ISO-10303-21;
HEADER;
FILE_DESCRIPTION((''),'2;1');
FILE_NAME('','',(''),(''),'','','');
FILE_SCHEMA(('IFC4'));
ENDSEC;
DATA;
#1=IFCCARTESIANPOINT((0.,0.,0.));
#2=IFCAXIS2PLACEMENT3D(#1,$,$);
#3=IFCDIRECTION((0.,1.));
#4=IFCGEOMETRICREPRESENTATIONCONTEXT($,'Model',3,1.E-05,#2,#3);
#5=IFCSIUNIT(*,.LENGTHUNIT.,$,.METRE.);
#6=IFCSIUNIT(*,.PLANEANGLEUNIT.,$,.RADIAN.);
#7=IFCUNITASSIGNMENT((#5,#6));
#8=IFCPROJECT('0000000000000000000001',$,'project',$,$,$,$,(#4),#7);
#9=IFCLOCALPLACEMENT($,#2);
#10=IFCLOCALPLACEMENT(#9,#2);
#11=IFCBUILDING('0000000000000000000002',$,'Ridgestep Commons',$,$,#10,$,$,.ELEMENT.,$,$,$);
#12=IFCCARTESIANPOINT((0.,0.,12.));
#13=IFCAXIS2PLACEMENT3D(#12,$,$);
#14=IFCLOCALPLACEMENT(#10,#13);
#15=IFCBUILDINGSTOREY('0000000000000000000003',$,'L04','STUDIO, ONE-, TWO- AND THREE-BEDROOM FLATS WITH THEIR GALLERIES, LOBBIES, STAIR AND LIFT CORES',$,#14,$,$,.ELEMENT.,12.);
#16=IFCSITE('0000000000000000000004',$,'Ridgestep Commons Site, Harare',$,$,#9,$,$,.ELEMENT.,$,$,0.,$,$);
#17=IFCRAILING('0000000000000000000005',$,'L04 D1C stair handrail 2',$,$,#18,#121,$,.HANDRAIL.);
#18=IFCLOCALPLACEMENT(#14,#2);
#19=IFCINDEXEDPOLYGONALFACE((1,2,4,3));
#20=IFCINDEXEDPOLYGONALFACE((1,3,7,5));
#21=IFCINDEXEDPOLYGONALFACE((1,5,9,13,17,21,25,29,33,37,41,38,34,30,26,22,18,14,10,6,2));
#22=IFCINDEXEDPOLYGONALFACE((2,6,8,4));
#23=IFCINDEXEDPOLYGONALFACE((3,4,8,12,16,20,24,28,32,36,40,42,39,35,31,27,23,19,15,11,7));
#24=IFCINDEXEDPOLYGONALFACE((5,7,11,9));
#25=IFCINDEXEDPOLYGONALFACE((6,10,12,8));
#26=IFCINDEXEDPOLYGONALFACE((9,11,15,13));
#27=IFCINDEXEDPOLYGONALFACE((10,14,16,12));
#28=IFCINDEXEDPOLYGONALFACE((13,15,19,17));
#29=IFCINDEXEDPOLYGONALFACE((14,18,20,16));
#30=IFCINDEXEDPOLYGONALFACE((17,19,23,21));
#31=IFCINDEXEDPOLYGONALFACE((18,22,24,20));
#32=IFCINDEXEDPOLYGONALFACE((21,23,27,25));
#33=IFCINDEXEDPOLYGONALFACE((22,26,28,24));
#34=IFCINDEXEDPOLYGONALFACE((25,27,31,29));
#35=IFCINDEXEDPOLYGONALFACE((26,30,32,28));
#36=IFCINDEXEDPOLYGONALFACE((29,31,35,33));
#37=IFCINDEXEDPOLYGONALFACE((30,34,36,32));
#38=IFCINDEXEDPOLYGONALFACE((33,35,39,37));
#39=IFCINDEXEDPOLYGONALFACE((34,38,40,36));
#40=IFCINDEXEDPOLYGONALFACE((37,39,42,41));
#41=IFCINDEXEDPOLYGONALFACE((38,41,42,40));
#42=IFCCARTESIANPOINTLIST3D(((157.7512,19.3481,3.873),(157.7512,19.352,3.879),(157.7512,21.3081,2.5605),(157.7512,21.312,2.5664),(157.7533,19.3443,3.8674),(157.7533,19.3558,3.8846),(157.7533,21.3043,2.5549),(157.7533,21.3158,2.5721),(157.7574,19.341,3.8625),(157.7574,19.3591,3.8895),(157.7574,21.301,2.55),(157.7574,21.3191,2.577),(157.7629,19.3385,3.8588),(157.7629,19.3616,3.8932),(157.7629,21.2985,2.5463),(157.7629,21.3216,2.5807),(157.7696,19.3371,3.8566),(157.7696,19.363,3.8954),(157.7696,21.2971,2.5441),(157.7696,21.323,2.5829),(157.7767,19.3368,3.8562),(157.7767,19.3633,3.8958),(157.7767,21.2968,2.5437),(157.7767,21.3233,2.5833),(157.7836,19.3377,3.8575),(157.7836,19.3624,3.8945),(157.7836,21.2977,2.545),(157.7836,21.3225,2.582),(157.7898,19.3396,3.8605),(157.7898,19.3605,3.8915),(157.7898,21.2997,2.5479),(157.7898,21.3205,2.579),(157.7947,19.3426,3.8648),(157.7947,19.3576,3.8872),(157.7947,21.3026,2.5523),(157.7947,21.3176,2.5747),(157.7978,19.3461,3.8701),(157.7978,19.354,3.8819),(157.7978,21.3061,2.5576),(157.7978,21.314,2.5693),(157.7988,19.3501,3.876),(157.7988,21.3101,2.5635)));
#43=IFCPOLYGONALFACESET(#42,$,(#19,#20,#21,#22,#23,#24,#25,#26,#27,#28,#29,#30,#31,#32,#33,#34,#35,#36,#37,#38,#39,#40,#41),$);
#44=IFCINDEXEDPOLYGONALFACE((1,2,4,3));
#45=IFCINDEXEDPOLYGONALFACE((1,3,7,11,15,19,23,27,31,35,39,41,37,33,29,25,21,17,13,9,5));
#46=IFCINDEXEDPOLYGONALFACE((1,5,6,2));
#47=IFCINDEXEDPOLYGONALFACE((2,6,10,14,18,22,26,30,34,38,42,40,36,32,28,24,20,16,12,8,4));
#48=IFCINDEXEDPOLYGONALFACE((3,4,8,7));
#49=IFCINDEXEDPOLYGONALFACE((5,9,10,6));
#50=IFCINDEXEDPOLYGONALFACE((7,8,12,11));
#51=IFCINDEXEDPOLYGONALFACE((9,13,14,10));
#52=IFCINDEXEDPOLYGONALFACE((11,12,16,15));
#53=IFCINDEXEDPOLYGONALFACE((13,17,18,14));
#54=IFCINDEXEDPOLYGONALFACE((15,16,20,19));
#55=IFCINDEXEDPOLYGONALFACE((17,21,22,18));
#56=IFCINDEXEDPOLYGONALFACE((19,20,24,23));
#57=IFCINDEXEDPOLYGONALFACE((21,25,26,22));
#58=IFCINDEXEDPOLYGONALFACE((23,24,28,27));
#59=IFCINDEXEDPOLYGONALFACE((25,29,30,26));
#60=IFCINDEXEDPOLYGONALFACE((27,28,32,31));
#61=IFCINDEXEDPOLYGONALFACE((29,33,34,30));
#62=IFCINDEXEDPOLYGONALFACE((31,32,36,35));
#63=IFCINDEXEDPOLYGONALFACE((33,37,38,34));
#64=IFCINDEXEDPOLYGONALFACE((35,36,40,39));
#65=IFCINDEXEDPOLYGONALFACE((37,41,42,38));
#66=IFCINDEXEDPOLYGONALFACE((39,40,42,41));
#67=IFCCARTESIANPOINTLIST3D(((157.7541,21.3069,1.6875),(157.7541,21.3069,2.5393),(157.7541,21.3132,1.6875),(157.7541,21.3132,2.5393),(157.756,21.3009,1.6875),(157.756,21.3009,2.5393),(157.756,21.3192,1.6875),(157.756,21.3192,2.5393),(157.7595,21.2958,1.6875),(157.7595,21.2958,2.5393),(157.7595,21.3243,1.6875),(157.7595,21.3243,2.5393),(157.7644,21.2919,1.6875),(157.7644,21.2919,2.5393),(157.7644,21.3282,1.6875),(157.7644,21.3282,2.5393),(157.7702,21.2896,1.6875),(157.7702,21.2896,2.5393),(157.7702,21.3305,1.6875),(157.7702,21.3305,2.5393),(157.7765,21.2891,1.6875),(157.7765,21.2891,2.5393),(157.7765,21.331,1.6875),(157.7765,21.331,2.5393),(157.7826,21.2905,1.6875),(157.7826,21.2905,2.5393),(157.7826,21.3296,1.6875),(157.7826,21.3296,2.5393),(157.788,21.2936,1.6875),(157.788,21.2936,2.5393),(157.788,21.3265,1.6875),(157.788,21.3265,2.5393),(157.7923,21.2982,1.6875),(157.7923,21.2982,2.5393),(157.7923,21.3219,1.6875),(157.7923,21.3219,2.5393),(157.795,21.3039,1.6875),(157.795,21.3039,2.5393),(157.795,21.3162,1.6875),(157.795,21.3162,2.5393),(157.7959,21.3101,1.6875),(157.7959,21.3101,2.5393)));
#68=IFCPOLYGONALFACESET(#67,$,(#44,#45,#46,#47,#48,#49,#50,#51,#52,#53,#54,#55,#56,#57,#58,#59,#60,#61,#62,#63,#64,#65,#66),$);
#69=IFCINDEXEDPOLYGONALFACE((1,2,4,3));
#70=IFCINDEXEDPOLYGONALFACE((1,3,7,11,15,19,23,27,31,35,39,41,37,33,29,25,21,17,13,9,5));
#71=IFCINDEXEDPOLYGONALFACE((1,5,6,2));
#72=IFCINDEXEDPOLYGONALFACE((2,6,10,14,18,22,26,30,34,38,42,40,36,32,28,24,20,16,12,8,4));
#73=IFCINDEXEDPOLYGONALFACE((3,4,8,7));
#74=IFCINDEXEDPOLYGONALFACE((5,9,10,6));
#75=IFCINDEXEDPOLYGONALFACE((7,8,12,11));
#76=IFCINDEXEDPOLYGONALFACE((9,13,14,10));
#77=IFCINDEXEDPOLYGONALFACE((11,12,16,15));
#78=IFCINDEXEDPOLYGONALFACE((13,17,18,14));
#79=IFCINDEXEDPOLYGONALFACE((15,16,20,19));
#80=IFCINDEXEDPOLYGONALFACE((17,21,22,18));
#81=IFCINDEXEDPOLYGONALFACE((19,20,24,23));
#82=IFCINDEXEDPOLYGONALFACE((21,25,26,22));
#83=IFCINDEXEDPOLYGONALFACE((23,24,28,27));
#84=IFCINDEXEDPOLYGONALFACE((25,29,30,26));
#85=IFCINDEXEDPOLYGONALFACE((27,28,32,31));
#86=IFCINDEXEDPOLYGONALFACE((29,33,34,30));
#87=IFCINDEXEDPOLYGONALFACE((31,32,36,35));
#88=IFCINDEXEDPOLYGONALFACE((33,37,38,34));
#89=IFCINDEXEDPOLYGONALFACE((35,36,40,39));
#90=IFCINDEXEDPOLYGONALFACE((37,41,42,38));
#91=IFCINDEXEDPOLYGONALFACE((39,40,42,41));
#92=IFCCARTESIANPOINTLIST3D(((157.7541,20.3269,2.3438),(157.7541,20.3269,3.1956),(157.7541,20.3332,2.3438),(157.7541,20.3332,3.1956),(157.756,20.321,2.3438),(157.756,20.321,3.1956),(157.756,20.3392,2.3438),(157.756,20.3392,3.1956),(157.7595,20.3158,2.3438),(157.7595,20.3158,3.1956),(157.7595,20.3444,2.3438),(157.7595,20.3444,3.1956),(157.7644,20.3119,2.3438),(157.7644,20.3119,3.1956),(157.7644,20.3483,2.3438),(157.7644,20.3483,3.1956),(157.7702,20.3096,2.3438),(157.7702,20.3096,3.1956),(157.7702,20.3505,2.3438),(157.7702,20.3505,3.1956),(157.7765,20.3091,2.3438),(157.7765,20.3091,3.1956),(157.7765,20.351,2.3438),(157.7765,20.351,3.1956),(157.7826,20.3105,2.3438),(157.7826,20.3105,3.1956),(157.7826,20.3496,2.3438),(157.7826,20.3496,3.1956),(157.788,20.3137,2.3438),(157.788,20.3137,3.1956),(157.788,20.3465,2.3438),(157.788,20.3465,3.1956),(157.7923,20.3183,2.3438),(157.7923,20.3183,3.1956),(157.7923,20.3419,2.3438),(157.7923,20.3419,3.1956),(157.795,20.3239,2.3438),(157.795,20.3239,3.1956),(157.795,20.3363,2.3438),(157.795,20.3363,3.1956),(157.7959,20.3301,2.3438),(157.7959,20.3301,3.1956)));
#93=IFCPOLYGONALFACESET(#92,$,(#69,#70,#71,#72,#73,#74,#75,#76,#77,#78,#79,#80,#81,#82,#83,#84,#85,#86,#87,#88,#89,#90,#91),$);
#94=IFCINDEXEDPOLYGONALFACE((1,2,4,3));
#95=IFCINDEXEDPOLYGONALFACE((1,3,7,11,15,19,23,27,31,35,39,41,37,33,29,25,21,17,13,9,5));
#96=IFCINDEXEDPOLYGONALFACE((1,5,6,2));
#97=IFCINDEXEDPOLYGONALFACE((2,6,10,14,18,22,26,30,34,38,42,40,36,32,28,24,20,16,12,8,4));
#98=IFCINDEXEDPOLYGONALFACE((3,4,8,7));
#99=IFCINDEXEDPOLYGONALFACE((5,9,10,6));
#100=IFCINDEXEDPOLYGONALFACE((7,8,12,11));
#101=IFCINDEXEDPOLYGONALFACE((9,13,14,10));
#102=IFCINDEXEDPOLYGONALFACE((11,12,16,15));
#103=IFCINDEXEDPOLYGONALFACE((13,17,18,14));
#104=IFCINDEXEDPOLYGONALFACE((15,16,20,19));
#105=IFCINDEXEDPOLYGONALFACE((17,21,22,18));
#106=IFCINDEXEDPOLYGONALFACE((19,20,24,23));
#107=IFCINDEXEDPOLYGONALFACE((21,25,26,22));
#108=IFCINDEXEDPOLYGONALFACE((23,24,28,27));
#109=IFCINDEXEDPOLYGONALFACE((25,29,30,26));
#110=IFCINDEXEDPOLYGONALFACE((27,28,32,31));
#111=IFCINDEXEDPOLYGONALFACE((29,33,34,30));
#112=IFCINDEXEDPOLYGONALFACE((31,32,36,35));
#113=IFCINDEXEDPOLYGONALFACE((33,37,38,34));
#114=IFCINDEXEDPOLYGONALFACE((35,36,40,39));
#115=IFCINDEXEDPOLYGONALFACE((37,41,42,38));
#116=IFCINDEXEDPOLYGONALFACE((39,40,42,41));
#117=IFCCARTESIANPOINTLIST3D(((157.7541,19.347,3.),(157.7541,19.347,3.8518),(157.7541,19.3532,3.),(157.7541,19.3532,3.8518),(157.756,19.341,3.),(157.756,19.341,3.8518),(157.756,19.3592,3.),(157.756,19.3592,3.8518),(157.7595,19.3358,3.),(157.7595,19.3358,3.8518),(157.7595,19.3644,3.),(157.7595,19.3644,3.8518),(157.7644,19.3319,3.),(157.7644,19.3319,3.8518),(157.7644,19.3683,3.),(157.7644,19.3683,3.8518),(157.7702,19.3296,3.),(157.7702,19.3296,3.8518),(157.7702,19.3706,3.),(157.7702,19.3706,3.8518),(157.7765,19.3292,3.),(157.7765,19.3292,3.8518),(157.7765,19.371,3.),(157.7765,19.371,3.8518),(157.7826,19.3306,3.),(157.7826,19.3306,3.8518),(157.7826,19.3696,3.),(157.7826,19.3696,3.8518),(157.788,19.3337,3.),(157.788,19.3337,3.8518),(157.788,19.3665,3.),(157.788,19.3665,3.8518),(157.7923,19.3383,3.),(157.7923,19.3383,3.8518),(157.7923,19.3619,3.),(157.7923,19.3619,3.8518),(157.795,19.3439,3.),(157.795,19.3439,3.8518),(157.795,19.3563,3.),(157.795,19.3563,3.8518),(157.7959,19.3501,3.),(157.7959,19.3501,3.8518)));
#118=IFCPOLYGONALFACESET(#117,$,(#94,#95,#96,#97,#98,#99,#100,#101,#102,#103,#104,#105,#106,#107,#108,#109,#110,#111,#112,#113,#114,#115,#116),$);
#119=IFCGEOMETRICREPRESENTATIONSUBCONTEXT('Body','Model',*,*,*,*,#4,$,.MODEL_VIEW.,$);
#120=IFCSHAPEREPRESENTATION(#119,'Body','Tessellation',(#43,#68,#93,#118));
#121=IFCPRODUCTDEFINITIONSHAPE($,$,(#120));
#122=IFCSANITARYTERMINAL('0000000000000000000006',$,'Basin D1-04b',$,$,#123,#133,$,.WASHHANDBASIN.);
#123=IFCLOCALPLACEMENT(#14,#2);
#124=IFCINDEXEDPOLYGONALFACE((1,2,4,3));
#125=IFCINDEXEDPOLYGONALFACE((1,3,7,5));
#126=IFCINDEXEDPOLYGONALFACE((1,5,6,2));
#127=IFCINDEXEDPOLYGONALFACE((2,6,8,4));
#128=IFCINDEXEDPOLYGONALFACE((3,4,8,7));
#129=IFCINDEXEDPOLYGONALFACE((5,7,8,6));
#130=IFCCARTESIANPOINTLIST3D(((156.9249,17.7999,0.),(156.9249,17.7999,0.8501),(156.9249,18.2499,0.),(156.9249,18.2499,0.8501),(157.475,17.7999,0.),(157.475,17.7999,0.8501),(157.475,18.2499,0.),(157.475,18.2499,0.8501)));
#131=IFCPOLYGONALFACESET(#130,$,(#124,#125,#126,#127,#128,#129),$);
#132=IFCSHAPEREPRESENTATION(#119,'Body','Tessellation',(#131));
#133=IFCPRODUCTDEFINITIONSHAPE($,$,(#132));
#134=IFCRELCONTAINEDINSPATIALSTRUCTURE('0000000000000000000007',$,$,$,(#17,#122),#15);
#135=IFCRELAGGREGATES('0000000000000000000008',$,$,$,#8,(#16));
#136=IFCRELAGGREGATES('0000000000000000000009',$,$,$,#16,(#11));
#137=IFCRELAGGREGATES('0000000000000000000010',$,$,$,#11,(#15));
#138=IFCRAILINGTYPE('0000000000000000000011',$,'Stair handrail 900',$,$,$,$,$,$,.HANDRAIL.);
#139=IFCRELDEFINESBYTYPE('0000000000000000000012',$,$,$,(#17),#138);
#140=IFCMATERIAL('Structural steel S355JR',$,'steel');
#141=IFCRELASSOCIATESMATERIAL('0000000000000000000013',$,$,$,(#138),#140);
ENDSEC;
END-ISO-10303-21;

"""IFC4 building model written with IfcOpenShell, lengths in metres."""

from ifc_helpers import new_model, si_unit, direction, frame, origin, origin_2d, place, context, subcontext, project, spatial, rectangle, circle, extrude, material, type_object, element, save


model = new_model("IFC4")

# Units and contexts
model_context = context("Model", 3, precision=1e-05, world=origin(), true_north=direction((0.0, 1.0)))
body_context = subcontext(model_context, "Body", "Model", "MODEL_VIEW")
ifc_project = project(units=[si_unit("LENGTHUNIT", "METRE"), si_unit("PLANEANGLEUNIT", "RADIAN")], contexts=[model_context])

# Site, building, storey
site_placement = place(None, origin())
site = spatial("IfcSite", under=ifc_project, at=site_placement, Name="Ridgestep Commons Site, Harare", CompositionType="ELEMENT", RefElevation=0.0)
building_placement = place(site_placement, origin())
building = spatial("IfcBuilding", under=site, at=building_placement, Name="Ridgestep Commons", CompositionType="ELEMENT")
storey_placement = place(building_placement, frame((0.0, 0.0, 12.0)))
storey = spatial("IfcBuildingStorey", under=building, at=storey_placement, Name="L04", Description="STUDIO, ONE-, TWO- AND THREE-BEDROOM FLATS WITH THEIR GALLERIES, LOBBIES, STAIR AND LIFT CORES", CompositionType="ELEMENT", Elevation=12.0)

# Railing
ifc_material_1 = material(Name="Structural steel S355JR", Category="steel")
railing_type_1 = type_object("IfcRailingType", Name="Stair handrail 900", PredefinedType="HANDRAIL", material=ifc_material_1)
railing_1_placement = place(storey_placement, frame((157.7749, 21.3101, 1.6875)))
element("IfcRailing", 1, at=railing_1_placement, inside=storey, type_object=railing_type_1, Name="L04 D1C stair handrail 2", PredefinedType="HANDRAIL", context=body_context, shape_type="SweptSolid", body=[
    extrude(circle(Radius=0.0239, at=origin_2d()), frame((0.0, 0.0, 0.876), z_axis=(0.0, -0.830902, 0.556419), x_axis=(1.0, 0.0, 0.0)), (0.0, 0.0, 1.0), 2.3589),
    extrude(circle(Radius=0.021, at=origin_2d()), origin(), (0.0, 0.0, 1.0), 0.8518),
    extrude(circle(Radius=0.021, at=origin_2d()), frame((0.0, -0.98, 0.6562)), (0.0, 0.0, 1.0), 0.8518),
    extrude(circle(Radius=0.021, at=origin_2d()), frame((0.0, -1.96, 1.3125)), (0.0, 0.0, 1.0), 0.8518),
])

# Sanitary terminal
sanitary_terminal_placement = place(storey_placement, frame((157.2, 18.0249, 0.0), z_axis=(0.0, 0.0, 1.0), x_axis=(1.0, 0.0, 0.0)))
element("IfcSanitaryTerminal", 2, at=sanitary_terminal_placement, inside=storey, Name="Basin D1-04b", PredefinedType="WASHHANDBASIN", context=body_context, shape_type="SweptSolid", body=[
    extrude(rectangle(XDim=0.55, YDim=0.45, at=origin_2d()), origin(), (0.0, 0.0, 1.0), 0.8501),
])

save(model, "model.ifc")
